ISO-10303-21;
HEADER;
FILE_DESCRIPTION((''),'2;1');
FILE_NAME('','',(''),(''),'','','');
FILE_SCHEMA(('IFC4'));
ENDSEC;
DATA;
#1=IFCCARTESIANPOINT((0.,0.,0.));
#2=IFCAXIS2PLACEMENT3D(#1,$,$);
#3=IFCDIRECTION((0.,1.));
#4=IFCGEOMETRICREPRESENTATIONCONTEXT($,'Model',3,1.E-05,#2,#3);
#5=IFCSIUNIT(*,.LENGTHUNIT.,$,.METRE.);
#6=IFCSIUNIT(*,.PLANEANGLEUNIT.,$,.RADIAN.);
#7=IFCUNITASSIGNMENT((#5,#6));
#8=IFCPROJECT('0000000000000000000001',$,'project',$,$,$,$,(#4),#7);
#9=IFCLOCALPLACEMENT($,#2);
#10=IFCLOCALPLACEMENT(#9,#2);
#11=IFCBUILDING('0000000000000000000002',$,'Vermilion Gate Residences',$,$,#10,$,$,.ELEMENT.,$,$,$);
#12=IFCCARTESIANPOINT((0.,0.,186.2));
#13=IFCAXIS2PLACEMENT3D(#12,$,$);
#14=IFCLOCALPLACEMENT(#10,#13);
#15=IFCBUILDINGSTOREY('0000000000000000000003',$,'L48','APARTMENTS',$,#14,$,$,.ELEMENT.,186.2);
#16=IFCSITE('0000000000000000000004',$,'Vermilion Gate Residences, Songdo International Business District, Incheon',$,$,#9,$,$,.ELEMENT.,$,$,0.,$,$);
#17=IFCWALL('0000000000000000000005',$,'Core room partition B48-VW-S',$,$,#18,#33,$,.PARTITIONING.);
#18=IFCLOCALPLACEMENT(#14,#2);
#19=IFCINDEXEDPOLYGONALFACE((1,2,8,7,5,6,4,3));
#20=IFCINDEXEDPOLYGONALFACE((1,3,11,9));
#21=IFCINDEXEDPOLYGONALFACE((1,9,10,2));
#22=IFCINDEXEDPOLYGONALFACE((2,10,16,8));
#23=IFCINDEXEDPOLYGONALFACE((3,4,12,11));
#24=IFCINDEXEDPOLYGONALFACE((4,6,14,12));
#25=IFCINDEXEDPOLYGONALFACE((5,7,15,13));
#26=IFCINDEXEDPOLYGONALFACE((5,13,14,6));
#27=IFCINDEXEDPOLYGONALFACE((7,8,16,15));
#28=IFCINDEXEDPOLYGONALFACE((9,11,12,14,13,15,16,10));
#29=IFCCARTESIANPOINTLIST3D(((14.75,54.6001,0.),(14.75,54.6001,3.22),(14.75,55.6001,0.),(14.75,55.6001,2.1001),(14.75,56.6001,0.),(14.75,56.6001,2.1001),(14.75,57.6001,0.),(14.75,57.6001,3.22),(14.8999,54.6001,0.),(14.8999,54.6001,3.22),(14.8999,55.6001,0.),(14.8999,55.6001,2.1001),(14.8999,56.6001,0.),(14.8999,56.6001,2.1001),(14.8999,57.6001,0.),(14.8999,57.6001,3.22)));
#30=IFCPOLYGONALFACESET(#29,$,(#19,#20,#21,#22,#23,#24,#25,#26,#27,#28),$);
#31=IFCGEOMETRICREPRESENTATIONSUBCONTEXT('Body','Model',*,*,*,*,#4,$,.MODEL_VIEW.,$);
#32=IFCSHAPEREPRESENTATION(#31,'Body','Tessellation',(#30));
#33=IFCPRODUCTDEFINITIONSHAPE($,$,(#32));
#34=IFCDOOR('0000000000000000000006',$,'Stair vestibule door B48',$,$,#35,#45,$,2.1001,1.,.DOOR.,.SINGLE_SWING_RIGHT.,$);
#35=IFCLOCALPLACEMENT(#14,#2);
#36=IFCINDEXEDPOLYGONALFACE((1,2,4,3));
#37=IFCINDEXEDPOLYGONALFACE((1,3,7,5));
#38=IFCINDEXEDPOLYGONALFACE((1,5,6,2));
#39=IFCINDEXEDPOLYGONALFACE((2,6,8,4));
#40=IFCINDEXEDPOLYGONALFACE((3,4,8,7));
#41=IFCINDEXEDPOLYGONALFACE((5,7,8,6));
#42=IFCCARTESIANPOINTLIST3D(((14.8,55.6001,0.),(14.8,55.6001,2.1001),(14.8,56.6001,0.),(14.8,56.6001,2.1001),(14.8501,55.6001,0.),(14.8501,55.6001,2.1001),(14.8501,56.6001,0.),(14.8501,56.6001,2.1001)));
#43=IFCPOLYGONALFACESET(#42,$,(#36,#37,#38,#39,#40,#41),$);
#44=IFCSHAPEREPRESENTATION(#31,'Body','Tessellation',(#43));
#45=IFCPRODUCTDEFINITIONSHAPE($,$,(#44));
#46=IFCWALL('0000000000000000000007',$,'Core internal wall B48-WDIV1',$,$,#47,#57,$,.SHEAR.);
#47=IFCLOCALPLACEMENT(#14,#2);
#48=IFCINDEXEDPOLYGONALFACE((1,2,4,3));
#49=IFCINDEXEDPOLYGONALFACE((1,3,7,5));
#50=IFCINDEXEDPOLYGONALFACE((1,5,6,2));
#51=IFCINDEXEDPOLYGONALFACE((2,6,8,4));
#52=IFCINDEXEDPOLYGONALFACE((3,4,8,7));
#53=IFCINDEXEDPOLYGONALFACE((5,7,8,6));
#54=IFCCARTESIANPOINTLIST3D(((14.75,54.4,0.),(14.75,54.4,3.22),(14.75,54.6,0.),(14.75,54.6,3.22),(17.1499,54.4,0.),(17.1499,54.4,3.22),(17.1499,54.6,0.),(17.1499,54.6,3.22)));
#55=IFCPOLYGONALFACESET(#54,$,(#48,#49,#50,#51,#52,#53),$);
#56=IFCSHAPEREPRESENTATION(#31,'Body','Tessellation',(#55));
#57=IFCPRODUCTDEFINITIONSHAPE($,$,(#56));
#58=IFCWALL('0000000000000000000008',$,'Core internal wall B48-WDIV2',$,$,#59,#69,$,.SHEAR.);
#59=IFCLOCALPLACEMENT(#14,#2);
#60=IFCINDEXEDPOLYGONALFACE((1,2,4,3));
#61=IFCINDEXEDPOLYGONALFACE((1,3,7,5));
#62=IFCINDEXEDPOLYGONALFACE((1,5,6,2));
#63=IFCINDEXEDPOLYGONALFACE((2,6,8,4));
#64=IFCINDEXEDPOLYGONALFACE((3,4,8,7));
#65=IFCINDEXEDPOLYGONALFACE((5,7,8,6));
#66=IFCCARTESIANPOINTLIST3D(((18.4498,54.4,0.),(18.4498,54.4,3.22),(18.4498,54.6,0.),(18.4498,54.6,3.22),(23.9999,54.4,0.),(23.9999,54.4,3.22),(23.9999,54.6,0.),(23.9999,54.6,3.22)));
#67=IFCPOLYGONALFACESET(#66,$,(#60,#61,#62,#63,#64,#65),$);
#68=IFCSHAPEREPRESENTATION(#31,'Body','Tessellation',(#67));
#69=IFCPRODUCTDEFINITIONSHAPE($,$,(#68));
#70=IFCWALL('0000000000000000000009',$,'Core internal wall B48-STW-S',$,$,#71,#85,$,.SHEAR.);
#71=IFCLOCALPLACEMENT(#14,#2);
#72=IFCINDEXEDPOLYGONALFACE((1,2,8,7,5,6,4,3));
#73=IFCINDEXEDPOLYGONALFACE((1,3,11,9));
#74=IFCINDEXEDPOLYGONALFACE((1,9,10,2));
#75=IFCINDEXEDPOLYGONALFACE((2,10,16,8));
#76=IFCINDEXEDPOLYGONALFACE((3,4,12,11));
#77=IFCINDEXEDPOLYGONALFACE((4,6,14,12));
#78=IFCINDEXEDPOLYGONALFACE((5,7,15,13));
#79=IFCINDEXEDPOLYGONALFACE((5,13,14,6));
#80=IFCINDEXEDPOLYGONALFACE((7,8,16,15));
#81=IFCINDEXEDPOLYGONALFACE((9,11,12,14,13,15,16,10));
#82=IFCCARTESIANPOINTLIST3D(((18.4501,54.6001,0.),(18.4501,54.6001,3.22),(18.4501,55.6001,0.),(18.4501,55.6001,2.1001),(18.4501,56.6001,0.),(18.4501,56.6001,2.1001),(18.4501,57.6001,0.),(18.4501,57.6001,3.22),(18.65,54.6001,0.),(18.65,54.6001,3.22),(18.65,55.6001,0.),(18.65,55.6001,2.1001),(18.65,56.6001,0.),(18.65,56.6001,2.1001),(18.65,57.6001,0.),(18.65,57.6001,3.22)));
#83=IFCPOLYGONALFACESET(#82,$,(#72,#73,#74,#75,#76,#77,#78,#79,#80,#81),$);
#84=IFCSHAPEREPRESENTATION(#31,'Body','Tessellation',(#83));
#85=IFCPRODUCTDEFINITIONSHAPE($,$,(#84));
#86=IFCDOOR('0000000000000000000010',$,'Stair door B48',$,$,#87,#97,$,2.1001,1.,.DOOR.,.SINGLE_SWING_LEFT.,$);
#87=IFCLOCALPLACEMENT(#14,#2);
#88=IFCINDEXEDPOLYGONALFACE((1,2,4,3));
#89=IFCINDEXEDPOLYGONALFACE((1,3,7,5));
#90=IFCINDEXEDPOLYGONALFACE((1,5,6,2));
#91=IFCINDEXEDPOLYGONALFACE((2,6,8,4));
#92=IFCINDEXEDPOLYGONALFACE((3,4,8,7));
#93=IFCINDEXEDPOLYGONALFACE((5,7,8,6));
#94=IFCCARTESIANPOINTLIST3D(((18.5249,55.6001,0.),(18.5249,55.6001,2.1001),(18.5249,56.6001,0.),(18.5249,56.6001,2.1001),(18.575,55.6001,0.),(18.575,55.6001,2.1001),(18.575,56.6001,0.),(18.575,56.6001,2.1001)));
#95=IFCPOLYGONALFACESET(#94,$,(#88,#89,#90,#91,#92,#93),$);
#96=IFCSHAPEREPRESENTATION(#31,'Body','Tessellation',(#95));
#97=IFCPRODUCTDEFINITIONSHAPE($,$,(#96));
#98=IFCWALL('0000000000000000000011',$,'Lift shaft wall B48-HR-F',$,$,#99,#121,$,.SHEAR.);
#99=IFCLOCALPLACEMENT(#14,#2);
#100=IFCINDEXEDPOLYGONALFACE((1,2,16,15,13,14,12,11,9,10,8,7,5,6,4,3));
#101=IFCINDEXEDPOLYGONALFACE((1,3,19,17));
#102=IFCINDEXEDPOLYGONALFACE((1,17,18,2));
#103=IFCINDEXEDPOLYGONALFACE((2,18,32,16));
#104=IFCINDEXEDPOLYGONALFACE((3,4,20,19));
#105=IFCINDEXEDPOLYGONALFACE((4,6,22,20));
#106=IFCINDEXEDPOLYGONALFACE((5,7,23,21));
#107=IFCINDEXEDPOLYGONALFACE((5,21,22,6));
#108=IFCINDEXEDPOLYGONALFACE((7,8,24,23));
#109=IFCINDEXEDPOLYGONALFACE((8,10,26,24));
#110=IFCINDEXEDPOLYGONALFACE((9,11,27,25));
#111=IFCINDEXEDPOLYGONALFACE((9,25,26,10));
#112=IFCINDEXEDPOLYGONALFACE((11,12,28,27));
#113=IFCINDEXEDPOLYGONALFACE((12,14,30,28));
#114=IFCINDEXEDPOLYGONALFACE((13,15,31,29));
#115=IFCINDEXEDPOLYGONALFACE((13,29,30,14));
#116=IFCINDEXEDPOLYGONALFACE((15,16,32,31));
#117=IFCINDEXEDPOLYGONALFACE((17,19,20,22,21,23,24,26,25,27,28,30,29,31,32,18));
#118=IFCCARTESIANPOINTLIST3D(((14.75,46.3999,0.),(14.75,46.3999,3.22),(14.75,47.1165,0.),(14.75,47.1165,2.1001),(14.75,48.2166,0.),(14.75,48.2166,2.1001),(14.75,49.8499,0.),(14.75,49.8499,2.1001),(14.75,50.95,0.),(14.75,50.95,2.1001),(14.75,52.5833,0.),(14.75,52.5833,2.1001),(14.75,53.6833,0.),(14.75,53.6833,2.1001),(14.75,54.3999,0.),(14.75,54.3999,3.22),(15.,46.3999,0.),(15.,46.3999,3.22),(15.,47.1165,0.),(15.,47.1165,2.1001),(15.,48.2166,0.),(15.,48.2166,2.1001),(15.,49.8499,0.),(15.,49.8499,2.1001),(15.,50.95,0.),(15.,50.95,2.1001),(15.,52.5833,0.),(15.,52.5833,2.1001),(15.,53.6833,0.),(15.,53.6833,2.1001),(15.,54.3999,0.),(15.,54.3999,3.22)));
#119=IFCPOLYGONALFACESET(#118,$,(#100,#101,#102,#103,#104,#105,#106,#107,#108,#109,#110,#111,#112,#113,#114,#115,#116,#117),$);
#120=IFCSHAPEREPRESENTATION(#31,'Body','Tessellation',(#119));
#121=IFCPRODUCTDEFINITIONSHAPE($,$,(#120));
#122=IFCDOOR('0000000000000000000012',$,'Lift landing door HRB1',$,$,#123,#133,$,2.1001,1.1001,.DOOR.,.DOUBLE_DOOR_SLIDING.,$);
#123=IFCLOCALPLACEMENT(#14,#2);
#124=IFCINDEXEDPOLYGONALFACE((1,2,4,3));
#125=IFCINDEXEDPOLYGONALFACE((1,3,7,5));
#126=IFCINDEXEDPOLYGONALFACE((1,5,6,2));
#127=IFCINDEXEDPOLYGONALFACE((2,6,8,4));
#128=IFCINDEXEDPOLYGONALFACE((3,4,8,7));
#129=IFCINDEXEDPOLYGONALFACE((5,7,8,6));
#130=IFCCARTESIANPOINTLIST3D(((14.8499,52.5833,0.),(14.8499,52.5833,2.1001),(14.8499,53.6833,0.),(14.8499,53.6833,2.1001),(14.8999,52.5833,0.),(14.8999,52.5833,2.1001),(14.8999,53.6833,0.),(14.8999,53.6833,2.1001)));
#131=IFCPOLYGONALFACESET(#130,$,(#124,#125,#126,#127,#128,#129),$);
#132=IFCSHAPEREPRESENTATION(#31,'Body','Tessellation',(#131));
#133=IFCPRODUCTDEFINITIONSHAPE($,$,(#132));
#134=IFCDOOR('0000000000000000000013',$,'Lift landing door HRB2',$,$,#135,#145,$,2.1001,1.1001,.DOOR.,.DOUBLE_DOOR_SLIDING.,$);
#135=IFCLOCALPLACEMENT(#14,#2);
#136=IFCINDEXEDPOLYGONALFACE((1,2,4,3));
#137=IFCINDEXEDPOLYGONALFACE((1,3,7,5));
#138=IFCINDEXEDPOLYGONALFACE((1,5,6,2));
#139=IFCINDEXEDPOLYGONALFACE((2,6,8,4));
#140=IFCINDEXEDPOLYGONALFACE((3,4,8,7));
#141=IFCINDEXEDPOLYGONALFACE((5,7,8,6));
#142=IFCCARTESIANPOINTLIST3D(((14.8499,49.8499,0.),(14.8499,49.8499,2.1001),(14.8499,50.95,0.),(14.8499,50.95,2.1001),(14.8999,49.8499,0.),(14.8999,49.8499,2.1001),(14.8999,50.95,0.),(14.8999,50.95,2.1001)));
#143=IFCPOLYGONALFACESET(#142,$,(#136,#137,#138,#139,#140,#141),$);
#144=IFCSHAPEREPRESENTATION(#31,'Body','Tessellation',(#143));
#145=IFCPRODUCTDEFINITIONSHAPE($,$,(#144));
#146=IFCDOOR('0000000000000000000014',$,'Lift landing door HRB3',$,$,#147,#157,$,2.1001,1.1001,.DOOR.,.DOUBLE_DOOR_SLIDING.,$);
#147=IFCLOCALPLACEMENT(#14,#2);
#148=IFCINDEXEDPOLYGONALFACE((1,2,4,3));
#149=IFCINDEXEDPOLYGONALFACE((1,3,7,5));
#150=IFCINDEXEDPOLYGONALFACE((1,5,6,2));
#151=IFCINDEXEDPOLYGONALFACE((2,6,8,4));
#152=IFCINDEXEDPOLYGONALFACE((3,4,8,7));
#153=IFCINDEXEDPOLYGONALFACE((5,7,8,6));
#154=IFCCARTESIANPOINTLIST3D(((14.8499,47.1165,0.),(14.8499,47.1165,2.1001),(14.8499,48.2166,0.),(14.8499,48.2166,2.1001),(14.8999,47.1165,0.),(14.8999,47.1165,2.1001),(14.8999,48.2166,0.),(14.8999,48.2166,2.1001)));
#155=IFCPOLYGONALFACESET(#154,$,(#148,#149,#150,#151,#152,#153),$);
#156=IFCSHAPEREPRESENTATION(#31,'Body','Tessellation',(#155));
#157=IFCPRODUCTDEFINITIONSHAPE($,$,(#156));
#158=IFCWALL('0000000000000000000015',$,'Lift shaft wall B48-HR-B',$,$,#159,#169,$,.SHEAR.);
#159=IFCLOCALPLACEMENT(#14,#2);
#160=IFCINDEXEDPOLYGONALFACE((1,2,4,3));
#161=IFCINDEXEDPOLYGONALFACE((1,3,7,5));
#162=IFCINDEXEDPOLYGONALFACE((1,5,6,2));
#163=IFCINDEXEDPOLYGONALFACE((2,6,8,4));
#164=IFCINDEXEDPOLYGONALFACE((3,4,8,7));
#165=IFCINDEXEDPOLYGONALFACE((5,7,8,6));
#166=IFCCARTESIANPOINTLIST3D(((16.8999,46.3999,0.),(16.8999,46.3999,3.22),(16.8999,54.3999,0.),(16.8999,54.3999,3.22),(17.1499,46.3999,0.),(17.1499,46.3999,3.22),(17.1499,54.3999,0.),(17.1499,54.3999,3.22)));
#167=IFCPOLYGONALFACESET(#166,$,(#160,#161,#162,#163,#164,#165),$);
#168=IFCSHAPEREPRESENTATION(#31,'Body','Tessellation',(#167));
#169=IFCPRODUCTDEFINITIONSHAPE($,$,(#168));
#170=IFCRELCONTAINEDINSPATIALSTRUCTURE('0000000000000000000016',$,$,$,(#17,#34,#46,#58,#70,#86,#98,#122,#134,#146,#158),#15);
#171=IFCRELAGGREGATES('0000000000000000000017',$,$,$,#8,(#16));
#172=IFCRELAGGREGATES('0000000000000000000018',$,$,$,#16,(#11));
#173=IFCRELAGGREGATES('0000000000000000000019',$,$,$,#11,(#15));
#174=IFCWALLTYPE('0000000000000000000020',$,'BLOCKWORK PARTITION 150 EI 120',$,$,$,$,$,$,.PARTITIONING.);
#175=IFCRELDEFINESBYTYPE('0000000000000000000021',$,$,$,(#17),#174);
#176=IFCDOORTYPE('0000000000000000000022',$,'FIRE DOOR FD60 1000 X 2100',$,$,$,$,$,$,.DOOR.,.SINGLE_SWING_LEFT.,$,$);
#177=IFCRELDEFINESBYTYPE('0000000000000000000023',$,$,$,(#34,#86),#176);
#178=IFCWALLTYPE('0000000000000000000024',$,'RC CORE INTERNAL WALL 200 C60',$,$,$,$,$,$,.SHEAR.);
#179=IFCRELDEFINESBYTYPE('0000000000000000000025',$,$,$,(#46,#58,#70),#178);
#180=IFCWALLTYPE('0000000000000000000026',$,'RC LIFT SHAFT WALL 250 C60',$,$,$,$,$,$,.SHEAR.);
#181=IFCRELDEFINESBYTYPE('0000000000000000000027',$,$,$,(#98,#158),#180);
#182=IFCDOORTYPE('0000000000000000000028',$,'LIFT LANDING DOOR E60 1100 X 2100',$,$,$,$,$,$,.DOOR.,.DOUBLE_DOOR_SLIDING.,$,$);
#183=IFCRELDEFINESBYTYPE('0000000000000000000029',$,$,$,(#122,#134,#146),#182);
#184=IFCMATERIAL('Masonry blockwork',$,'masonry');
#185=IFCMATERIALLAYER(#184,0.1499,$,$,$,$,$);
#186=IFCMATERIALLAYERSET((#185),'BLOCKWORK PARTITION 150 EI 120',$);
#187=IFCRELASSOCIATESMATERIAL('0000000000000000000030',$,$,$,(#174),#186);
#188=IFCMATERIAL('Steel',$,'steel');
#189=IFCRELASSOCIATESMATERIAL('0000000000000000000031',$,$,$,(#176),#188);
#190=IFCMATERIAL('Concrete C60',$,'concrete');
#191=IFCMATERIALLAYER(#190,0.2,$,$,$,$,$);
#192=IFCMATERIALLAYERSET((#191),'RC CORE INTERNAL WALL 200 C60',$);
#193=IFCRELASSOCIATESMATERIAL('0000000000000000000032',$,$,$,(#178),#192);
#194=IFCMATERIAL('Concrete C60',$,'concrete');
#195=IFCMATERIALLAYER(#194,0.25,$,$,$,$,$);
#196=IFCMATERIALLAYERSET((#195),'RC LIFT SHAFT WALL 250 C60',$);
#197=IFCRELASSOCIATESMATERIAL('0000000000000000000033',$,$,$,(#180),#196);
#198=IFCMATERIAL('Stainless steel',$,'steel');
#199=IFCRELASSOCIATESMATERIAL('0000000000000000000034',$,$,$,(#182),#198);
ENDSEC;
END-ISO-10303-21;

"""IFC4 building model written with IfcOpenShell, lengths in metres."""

from ifc_helpers import new_model, si_unit, direction, frame, frame_2d, origin, place, context, subcontext, project, spatial, rectangle, extrude, material, layer, layer_set, type_object, element, fill, save


model = new_model("IFC4")

# Units and contexts
model_context = context("Model", 3, precision=1e-05, world=origin(), true_north=direction((0.0, 1.0)))
body_context = subcontext(model_context, "Body", "Model", "MODEL_VIEW")
ifc_project = project(units=[si_unit("LENGTHUNIT", "METRE"), si_unit("PLANEANGLEUNIT", "RADIAN")], contexts=[model_context])

# Site, building, storey
site_placement = place(None, origin())
site = spatial("IfcSite", under=ifc_project, at=site_placement, Name="Vermilion Gate Residences, Songdo International Business District, Incheon", CompositionType="ELEMENT", RefElevation=0.0)
building_placement = place(site_placement, origin())
building = spatial("IfcBuilding", under=site, at=building_placement, Name="Vermilion Gate Residences", CompositionType="ELEMENT")
storey_placement = place(building_placement, frame((0.0, 0.0, 186.2)))
storey = spatial("IfcBuildingStorey", under=building, at=storey_placement, Name="L48", Description="APARTMENTS", CompositionType="ELEMENT", Elevation=186.2)

# Wall, opening, door
ifc_material_1 = material(Name="Masonry blockwork", Category="masonry")
ifc_layer_1 = layer(ifc_material_1, 0.1499)
ifc_layer_set_1 = layer_set([ifc_layer_1], Name="BLOCKWORK PARTITION 150 EI 120")
wall_type_1 = type_object("IfcWallType", Name="BLOCKWORK PARTITION 150 EI 120", PredefinedType="PARTITIONING", material=ifc_layer_set_1)
wall_1_placement = place(storey_placement, frame((14.825, 57.6001, 0.0), z_axis=(0.0, 0.0, 1.0), x_axis=(0.0, -1.0, 0.0)))
wall_1 = element("IfcWall", 1, at=wall_1_placement, inside=storey, type_object=wall_type_1, Name="Core room partition B48-VW-S", PredefinedType="PARTITIONING", context=body_context, shape_type="SweptSolid", body=[
    extrude(rectangle(XDim=3.0, YDim=0.1499, at=frame_2d((1.5, 0.0))), origin(), (0.0, 0.0, 1.0), 3.22),
])
opening_1_placement = place(wall_1_placement, frame((1.0, 0.0, 0.0)))
opening_1 = element("IfcOpeningElement", 2, at=opening_1_placement, cuts=wall_1, PredefinedType="OPENING", context=body_context, shape_type="SweptSolid", body=[
    extrude(rectangle(XDim=1.0, YDim=2.1001, at=frame_2d((0.5, 1.05))), frame((0.0, 0.085, 0.0), z_axis=(0.0, -1.0, 0.0), x_axis=(1.0, 0.0, 0.0)), (0.0, 0.0, 1.0), 0.1699),
])
ifc_material_2 = material(Name="Steel", Category="steel")
door_type_1 = type_object("IfcDoorType", Name="FIRE DOOR FD60 1000 X 2100", OperationType="SINGLE_SWING_LEFT", PredefinedType="DOOR", material=ifc_material_2)
door_1_placement = place(opening_1_placement, frame((1.0, 0.0, 0.0), z_axis=(0.0, 0.0, 1.0), x_axis=(-1.0, 0.0, 0.0)))
door_1 = element("IfcDoor", 3, at=door_1_placement, inside=storey, type_object=door_type_1, Name="Stair vestibule door B48", OperationType="SINGLE_SWING_RIGHT", OverallHeight=2.1001, OverallWidth=1.0, PredefinedType="DOOR", context=body_context, shape_type="SweptSolid", body=[
    extrude(rectangle(XDim=1.0, YDim=2.1001, at=frame_2d((0.5, 1.05))), frame((0.0, 0.0249, 0.0), z_axis=(0.0, -1.0, 0.0), x_axis=(1.0, 0.0, 0.0)), (0.0, 0.0, 1.0), 0.05),
])
fill(opening_1, door_1)

# Walls
ifc_material_3 = material(Name="Concrete C60", Category="concrete")
ifc_layer_2 = layer(ifc_material_3, 0.2)
ifc_layer_set_2 = layer_set([ifc_layer_2], Name="RC CORE INTERNAL WALL 200 C60")
wall_type_2 = type_object("IfcWallType", Name="RC CORE INTERNAL WALL 200 C60", PredefinedType="SHEAR", material=ifc_layer_set_2)
wall_2_placement = place(storey_placement, frame((14.75, 54.5, 0.0), z_axis=(0.0, 0.0, 1.0), x_axis=(1.0, 0.0, 0.0)))
element("IfcWall", 4, at=wall_2_placement, inside=storey, type_object=wall_type_2, Name="Core internal wall B48-WDIV1", PredefinedType="SHEAR", context=body_context, shape_type="SweptSolid", body=[
    extrude(rectangle(XDim=2.3999, YDim=0.2, at=frame_2d((1.2, 0.0))), origin(), (0.0, 0.0, 1.0), 3.22),
])
wall_3_placement = place(storey_placement, frame((18.45, 54.5, 0.0), z_axis=(0.0, 0.0, 1.0), x_axis=(1.0, 0.0, 0.0)))
element("IfcWall", 5, at=wall_3_placement, inside=storey, type_object=wall_type_2, Name="Core internal wall B48-WDIV2", PredefinedType="SHEAR", context=body_context, shape_type="SweptSolid", body=[
    extrude(rectangle(XDim=5.55, YDim=0.2, at=frame_2d((2.7749, 0.0))), origin(), (0.0, 0.0, 1.0), 3.22),
])

# Wall, opening, door
wall_4_placement = place(storey_placement, frame((18.55, 57.6001, 0.0), z_axis=(0.0, 0.0, 1.0), x_axis=(0.0, -1.0, 0.0)))
wall_4 = element("IfcWall", 6, at=wall_4_placement, inside=storey, type_object=wall_type_2, Name="Core internal wall B48-STW-S", PredefinedType="SHEAR", context=body_context, shape_type="SweptSolid", body=[
    extrude(rectangle(XDim=3.0, YDim=0.2, at=frame_2d((1.5, 0.0))), origin(), (0.0, 0.0, 1.0), 3.22),
])
opening_2_placement = place(wall_4_placement, frame((1.0, 0.0, 0.0)))
opening_2 = element("IfcOpeningElement", 7, at=opening_2_placement, cuts=wall_4, PredefinedType="OPENING", context=body_context, shape_type="SweptSolid", body=[
    extrude(rectangle(XDim=1.0, YDim=2.1001, at=frame_2d((0.5, 1.05))), frame((0.0, 0.1099, 0.0), z_axis=(0.0, -1.0, 0.0), x_axis=(1.0, 0.0, 0.0)), (0.0, 0.0, 1.0), 0.22),
])
door_2_placement = place(opening_2_placement, origin())
door_2 = element("IfcDoor", 8, at=door_2_placement, inside=storey, type_object=door_type_1, Name="Stair door B48", OperationType="SINGLE_SWING_LEFT", OverallHeight=2.1001, OverallWidth=1.0, PredefinedType="DOOR", context=body_context, shape_type="SweptSolid", body=[
    extrude(rectangle(XDim=1.0, YDim=2.1001, at=frame_2d((0.5, 1.05))), frame((0.0, 0.0249, 0.0), z_axis=(0.0, -1.0, 0.0), x_axis=(1.0, 0.0, 0.0)), (0.0, 0.0, 1.0), 0.05),
])
fill(opening_2, door_2)

# Wall, openings, doors
ifc_material_4 = material(Name="Concrete C60", Category="concrete")
ifc_layer_3 = layer(ifc_material_4, 0.25)
ifc_layer_set_3 = layer_set([ifc_layer_3], Name="RC LIFT SHAFT WALL 250 C60")
wall_type_3 = type_object("IfcWallType", Name="RC LIFT SHAFT WALL 250 C60", PredefinedType="SHEAR", material=ifc_layer_set_3)
wall_5_placement = place(storey_placement, frame((14.875, 54.3999, 0.0), z_axis=(0.0, 0.0, 1.0), x_axis=(0.0, -1.0, 0.0)))
wall_5 = element("IfcWall", 9, at=wall_5_placement, inside=storey, type_object=wall_type_3, Name="Lift shaft wall B48-HR-F", PredefinedType="SHEAR", context=body_context, shape_type="SweptSolid", body=[
    extrude(rectangle(XDim=8.0, YDim=0.25, at=frame_2d((4.0, 0.0))), origin(), (0.0, 0.0, 1.0), 3.22),
])
opening_3_placement = place(wall_5_placement, frame((0.7166, 0.0, 0.0)))
opening_3 = element("IfcOpeningElement", 10, at=opening_3_placement, cuts=wall_5, PredefinedType="OPENING", context=body_context, shape_type="SweptSolid", body=[
    extrude(rectangle(XDim=1.1001, YDim=2.1001, at=frame_2d((0.55, 1.05))), frame((0.0, 0.135, 0.0), z_axis=(0.0, -1.0, 0.0), x_axis=(1.0, 0.0, 0.0)), (0.0, 0.0, 1.0), 0.27),
])
opening_4_placement = place(wall_5_placement, frame((3.45, 0.0, 0.0)))
opening_4 = element("IfcOpeningElement", 11, at=opening_4_placement, cuts=wall_5, PredefinedType="OPENING", context=body_context, shape_type="SweptSolid", body=[
    extrude(rectangle(XDim=1.1001, YDim=2.1001, at=frame_2d((0.55, 1.05))), frame((0.0, 0.135, 0.0), z_axis=(0.0, -1.0, 0.0), x_axis=(1.0, 0.0, 0.0)), (0.0, 0.0, 1.0), 0.27),
])
opening_5_placement = place(wall_5_placement, frame((6.1833, 0.0, 0.0)))
opening_5 = element("IfcOpeningElement", 12, at=opening_5_placement, cuts=wall_5, PredefinedType="OPENING", context=body_context, shape_type="SweptSolid", body=[
    extrude(rectangle(XDim=1.1001, YDim=2.1001, at=frame_2d((0.55, 1.05))), frame((0.0, 0.135, 0.0), z_axis=(0.0, -1.0, 0.0), x_axis=(1.0, 0.0, 0.0)), (0.0, 0.0, 1.0), 0.27),
])
ifc_material_5 = material(Name="Stainless steel", Category="steel")
door_type_2 = type_object("IfcDoorType", Name="LIFT LANDING DOOR E60 1100 X 2100", OperationType="DOUBLE_DOOR_SLIDING", PredefinedType="DOOR", material=ifc_material_5)
door_3_placement = place(opening_3_placement, origin())
door_3 = element("IfcDoor", 13, at=door_3_placement, inside=storey, type_object=door_type_2, Name="Lift landing door HRB1", OperationType="DOUBLE_DOOR_SLIDING", OverallHeight=2.1001, OverallWidth=1.1001, PredefinedType="DOOR", context=body_context, shape_type="SweptSolid", body=[
    extrude(rectangle(XDim=1.1001, YDim=2.1001, at=frame_2d((0.55, 1.05))), frame((0.0, 0.0249, 0.0), z_axis=(0.0, -1.0, 0.0), x_axis=(1.0, 0.0, 0.0)), (0.0, 0.0, 1.0), 0.05),
])
fill(opening_3, door_3)
door_4_placement = place(opening_4_placement, origin())
door_4 = element("IfcDoor", 14, at=door_4_placement, inside=storey, type_object=door_type_2, Name="Lift landing door HRB2", OperationType="DOUBLE_DOOR_SLIDING", OverallHeight=2.1001, OverallWidth=1.1001, PredefinedType="DOOR", context=body_context, shape_type="SweptSolid", body=[
    extrude(rectangle(XDim=1.1001, YDim=2.1001, at=frame_2d((0.55, 1.05))), frame((0.0, 0.0249, 0.0), z_axis=(0.0, -1.0, 0.0), x_axis=(1.0, 0.0, 0.0)), (0.0, 0.0, 1.0), 0.05),
])
fill(opening_4, door_4)
door_5_placement = place(opening_5_placement, origin())
door_5 = element("IfcDoor", 15, at=door_5_placement, inside=storey, type_object=door_type_2, Name="Lift landing door HRB3", OperationType="DOUBLE_DOOR_SLIDING", OverallHeight=2.1001, OverallWidth=1.1001, PredefinedType="DOOR", context=body_context, shape_type="SweptSolid", body=[
    extrude(rectangle(XDim=1.1001, YDim=2.1001, at=frame_2d((0.55, 1.05))), frame((0.0, 0.0249, 0.0), z_axis=(0.0, -1.0, 0.0), x_axis=(1.0, 0.0, 0.0)), (0.0, 0.0, 1.0), 0.05),
])
fill(opening_5, door_5)

# Wall
wall_6_placement = place(storey_placement, frame((17.0249, 54.3999, 0.0), z_axis=(0.0, 0.0, 1.0), x_axis=(0.0, -1.0, 0.0)))
element("IfcWall", 16, at=wall_6_placement, inside=storey, type_object=wall_type_3, Name="Lift shaft wall B48-HR-B", PredefinedType="SHEAR", context=body_context, shape_type="SweptSolid", body=[
    extrude(rectangle(XDim=8.0, YDim=0.25, at=frame_2d((4.0, 0.0))), origin(), (0.0, 0.0, 1.0), 3.22),
])

save(model, "model.ifc")
